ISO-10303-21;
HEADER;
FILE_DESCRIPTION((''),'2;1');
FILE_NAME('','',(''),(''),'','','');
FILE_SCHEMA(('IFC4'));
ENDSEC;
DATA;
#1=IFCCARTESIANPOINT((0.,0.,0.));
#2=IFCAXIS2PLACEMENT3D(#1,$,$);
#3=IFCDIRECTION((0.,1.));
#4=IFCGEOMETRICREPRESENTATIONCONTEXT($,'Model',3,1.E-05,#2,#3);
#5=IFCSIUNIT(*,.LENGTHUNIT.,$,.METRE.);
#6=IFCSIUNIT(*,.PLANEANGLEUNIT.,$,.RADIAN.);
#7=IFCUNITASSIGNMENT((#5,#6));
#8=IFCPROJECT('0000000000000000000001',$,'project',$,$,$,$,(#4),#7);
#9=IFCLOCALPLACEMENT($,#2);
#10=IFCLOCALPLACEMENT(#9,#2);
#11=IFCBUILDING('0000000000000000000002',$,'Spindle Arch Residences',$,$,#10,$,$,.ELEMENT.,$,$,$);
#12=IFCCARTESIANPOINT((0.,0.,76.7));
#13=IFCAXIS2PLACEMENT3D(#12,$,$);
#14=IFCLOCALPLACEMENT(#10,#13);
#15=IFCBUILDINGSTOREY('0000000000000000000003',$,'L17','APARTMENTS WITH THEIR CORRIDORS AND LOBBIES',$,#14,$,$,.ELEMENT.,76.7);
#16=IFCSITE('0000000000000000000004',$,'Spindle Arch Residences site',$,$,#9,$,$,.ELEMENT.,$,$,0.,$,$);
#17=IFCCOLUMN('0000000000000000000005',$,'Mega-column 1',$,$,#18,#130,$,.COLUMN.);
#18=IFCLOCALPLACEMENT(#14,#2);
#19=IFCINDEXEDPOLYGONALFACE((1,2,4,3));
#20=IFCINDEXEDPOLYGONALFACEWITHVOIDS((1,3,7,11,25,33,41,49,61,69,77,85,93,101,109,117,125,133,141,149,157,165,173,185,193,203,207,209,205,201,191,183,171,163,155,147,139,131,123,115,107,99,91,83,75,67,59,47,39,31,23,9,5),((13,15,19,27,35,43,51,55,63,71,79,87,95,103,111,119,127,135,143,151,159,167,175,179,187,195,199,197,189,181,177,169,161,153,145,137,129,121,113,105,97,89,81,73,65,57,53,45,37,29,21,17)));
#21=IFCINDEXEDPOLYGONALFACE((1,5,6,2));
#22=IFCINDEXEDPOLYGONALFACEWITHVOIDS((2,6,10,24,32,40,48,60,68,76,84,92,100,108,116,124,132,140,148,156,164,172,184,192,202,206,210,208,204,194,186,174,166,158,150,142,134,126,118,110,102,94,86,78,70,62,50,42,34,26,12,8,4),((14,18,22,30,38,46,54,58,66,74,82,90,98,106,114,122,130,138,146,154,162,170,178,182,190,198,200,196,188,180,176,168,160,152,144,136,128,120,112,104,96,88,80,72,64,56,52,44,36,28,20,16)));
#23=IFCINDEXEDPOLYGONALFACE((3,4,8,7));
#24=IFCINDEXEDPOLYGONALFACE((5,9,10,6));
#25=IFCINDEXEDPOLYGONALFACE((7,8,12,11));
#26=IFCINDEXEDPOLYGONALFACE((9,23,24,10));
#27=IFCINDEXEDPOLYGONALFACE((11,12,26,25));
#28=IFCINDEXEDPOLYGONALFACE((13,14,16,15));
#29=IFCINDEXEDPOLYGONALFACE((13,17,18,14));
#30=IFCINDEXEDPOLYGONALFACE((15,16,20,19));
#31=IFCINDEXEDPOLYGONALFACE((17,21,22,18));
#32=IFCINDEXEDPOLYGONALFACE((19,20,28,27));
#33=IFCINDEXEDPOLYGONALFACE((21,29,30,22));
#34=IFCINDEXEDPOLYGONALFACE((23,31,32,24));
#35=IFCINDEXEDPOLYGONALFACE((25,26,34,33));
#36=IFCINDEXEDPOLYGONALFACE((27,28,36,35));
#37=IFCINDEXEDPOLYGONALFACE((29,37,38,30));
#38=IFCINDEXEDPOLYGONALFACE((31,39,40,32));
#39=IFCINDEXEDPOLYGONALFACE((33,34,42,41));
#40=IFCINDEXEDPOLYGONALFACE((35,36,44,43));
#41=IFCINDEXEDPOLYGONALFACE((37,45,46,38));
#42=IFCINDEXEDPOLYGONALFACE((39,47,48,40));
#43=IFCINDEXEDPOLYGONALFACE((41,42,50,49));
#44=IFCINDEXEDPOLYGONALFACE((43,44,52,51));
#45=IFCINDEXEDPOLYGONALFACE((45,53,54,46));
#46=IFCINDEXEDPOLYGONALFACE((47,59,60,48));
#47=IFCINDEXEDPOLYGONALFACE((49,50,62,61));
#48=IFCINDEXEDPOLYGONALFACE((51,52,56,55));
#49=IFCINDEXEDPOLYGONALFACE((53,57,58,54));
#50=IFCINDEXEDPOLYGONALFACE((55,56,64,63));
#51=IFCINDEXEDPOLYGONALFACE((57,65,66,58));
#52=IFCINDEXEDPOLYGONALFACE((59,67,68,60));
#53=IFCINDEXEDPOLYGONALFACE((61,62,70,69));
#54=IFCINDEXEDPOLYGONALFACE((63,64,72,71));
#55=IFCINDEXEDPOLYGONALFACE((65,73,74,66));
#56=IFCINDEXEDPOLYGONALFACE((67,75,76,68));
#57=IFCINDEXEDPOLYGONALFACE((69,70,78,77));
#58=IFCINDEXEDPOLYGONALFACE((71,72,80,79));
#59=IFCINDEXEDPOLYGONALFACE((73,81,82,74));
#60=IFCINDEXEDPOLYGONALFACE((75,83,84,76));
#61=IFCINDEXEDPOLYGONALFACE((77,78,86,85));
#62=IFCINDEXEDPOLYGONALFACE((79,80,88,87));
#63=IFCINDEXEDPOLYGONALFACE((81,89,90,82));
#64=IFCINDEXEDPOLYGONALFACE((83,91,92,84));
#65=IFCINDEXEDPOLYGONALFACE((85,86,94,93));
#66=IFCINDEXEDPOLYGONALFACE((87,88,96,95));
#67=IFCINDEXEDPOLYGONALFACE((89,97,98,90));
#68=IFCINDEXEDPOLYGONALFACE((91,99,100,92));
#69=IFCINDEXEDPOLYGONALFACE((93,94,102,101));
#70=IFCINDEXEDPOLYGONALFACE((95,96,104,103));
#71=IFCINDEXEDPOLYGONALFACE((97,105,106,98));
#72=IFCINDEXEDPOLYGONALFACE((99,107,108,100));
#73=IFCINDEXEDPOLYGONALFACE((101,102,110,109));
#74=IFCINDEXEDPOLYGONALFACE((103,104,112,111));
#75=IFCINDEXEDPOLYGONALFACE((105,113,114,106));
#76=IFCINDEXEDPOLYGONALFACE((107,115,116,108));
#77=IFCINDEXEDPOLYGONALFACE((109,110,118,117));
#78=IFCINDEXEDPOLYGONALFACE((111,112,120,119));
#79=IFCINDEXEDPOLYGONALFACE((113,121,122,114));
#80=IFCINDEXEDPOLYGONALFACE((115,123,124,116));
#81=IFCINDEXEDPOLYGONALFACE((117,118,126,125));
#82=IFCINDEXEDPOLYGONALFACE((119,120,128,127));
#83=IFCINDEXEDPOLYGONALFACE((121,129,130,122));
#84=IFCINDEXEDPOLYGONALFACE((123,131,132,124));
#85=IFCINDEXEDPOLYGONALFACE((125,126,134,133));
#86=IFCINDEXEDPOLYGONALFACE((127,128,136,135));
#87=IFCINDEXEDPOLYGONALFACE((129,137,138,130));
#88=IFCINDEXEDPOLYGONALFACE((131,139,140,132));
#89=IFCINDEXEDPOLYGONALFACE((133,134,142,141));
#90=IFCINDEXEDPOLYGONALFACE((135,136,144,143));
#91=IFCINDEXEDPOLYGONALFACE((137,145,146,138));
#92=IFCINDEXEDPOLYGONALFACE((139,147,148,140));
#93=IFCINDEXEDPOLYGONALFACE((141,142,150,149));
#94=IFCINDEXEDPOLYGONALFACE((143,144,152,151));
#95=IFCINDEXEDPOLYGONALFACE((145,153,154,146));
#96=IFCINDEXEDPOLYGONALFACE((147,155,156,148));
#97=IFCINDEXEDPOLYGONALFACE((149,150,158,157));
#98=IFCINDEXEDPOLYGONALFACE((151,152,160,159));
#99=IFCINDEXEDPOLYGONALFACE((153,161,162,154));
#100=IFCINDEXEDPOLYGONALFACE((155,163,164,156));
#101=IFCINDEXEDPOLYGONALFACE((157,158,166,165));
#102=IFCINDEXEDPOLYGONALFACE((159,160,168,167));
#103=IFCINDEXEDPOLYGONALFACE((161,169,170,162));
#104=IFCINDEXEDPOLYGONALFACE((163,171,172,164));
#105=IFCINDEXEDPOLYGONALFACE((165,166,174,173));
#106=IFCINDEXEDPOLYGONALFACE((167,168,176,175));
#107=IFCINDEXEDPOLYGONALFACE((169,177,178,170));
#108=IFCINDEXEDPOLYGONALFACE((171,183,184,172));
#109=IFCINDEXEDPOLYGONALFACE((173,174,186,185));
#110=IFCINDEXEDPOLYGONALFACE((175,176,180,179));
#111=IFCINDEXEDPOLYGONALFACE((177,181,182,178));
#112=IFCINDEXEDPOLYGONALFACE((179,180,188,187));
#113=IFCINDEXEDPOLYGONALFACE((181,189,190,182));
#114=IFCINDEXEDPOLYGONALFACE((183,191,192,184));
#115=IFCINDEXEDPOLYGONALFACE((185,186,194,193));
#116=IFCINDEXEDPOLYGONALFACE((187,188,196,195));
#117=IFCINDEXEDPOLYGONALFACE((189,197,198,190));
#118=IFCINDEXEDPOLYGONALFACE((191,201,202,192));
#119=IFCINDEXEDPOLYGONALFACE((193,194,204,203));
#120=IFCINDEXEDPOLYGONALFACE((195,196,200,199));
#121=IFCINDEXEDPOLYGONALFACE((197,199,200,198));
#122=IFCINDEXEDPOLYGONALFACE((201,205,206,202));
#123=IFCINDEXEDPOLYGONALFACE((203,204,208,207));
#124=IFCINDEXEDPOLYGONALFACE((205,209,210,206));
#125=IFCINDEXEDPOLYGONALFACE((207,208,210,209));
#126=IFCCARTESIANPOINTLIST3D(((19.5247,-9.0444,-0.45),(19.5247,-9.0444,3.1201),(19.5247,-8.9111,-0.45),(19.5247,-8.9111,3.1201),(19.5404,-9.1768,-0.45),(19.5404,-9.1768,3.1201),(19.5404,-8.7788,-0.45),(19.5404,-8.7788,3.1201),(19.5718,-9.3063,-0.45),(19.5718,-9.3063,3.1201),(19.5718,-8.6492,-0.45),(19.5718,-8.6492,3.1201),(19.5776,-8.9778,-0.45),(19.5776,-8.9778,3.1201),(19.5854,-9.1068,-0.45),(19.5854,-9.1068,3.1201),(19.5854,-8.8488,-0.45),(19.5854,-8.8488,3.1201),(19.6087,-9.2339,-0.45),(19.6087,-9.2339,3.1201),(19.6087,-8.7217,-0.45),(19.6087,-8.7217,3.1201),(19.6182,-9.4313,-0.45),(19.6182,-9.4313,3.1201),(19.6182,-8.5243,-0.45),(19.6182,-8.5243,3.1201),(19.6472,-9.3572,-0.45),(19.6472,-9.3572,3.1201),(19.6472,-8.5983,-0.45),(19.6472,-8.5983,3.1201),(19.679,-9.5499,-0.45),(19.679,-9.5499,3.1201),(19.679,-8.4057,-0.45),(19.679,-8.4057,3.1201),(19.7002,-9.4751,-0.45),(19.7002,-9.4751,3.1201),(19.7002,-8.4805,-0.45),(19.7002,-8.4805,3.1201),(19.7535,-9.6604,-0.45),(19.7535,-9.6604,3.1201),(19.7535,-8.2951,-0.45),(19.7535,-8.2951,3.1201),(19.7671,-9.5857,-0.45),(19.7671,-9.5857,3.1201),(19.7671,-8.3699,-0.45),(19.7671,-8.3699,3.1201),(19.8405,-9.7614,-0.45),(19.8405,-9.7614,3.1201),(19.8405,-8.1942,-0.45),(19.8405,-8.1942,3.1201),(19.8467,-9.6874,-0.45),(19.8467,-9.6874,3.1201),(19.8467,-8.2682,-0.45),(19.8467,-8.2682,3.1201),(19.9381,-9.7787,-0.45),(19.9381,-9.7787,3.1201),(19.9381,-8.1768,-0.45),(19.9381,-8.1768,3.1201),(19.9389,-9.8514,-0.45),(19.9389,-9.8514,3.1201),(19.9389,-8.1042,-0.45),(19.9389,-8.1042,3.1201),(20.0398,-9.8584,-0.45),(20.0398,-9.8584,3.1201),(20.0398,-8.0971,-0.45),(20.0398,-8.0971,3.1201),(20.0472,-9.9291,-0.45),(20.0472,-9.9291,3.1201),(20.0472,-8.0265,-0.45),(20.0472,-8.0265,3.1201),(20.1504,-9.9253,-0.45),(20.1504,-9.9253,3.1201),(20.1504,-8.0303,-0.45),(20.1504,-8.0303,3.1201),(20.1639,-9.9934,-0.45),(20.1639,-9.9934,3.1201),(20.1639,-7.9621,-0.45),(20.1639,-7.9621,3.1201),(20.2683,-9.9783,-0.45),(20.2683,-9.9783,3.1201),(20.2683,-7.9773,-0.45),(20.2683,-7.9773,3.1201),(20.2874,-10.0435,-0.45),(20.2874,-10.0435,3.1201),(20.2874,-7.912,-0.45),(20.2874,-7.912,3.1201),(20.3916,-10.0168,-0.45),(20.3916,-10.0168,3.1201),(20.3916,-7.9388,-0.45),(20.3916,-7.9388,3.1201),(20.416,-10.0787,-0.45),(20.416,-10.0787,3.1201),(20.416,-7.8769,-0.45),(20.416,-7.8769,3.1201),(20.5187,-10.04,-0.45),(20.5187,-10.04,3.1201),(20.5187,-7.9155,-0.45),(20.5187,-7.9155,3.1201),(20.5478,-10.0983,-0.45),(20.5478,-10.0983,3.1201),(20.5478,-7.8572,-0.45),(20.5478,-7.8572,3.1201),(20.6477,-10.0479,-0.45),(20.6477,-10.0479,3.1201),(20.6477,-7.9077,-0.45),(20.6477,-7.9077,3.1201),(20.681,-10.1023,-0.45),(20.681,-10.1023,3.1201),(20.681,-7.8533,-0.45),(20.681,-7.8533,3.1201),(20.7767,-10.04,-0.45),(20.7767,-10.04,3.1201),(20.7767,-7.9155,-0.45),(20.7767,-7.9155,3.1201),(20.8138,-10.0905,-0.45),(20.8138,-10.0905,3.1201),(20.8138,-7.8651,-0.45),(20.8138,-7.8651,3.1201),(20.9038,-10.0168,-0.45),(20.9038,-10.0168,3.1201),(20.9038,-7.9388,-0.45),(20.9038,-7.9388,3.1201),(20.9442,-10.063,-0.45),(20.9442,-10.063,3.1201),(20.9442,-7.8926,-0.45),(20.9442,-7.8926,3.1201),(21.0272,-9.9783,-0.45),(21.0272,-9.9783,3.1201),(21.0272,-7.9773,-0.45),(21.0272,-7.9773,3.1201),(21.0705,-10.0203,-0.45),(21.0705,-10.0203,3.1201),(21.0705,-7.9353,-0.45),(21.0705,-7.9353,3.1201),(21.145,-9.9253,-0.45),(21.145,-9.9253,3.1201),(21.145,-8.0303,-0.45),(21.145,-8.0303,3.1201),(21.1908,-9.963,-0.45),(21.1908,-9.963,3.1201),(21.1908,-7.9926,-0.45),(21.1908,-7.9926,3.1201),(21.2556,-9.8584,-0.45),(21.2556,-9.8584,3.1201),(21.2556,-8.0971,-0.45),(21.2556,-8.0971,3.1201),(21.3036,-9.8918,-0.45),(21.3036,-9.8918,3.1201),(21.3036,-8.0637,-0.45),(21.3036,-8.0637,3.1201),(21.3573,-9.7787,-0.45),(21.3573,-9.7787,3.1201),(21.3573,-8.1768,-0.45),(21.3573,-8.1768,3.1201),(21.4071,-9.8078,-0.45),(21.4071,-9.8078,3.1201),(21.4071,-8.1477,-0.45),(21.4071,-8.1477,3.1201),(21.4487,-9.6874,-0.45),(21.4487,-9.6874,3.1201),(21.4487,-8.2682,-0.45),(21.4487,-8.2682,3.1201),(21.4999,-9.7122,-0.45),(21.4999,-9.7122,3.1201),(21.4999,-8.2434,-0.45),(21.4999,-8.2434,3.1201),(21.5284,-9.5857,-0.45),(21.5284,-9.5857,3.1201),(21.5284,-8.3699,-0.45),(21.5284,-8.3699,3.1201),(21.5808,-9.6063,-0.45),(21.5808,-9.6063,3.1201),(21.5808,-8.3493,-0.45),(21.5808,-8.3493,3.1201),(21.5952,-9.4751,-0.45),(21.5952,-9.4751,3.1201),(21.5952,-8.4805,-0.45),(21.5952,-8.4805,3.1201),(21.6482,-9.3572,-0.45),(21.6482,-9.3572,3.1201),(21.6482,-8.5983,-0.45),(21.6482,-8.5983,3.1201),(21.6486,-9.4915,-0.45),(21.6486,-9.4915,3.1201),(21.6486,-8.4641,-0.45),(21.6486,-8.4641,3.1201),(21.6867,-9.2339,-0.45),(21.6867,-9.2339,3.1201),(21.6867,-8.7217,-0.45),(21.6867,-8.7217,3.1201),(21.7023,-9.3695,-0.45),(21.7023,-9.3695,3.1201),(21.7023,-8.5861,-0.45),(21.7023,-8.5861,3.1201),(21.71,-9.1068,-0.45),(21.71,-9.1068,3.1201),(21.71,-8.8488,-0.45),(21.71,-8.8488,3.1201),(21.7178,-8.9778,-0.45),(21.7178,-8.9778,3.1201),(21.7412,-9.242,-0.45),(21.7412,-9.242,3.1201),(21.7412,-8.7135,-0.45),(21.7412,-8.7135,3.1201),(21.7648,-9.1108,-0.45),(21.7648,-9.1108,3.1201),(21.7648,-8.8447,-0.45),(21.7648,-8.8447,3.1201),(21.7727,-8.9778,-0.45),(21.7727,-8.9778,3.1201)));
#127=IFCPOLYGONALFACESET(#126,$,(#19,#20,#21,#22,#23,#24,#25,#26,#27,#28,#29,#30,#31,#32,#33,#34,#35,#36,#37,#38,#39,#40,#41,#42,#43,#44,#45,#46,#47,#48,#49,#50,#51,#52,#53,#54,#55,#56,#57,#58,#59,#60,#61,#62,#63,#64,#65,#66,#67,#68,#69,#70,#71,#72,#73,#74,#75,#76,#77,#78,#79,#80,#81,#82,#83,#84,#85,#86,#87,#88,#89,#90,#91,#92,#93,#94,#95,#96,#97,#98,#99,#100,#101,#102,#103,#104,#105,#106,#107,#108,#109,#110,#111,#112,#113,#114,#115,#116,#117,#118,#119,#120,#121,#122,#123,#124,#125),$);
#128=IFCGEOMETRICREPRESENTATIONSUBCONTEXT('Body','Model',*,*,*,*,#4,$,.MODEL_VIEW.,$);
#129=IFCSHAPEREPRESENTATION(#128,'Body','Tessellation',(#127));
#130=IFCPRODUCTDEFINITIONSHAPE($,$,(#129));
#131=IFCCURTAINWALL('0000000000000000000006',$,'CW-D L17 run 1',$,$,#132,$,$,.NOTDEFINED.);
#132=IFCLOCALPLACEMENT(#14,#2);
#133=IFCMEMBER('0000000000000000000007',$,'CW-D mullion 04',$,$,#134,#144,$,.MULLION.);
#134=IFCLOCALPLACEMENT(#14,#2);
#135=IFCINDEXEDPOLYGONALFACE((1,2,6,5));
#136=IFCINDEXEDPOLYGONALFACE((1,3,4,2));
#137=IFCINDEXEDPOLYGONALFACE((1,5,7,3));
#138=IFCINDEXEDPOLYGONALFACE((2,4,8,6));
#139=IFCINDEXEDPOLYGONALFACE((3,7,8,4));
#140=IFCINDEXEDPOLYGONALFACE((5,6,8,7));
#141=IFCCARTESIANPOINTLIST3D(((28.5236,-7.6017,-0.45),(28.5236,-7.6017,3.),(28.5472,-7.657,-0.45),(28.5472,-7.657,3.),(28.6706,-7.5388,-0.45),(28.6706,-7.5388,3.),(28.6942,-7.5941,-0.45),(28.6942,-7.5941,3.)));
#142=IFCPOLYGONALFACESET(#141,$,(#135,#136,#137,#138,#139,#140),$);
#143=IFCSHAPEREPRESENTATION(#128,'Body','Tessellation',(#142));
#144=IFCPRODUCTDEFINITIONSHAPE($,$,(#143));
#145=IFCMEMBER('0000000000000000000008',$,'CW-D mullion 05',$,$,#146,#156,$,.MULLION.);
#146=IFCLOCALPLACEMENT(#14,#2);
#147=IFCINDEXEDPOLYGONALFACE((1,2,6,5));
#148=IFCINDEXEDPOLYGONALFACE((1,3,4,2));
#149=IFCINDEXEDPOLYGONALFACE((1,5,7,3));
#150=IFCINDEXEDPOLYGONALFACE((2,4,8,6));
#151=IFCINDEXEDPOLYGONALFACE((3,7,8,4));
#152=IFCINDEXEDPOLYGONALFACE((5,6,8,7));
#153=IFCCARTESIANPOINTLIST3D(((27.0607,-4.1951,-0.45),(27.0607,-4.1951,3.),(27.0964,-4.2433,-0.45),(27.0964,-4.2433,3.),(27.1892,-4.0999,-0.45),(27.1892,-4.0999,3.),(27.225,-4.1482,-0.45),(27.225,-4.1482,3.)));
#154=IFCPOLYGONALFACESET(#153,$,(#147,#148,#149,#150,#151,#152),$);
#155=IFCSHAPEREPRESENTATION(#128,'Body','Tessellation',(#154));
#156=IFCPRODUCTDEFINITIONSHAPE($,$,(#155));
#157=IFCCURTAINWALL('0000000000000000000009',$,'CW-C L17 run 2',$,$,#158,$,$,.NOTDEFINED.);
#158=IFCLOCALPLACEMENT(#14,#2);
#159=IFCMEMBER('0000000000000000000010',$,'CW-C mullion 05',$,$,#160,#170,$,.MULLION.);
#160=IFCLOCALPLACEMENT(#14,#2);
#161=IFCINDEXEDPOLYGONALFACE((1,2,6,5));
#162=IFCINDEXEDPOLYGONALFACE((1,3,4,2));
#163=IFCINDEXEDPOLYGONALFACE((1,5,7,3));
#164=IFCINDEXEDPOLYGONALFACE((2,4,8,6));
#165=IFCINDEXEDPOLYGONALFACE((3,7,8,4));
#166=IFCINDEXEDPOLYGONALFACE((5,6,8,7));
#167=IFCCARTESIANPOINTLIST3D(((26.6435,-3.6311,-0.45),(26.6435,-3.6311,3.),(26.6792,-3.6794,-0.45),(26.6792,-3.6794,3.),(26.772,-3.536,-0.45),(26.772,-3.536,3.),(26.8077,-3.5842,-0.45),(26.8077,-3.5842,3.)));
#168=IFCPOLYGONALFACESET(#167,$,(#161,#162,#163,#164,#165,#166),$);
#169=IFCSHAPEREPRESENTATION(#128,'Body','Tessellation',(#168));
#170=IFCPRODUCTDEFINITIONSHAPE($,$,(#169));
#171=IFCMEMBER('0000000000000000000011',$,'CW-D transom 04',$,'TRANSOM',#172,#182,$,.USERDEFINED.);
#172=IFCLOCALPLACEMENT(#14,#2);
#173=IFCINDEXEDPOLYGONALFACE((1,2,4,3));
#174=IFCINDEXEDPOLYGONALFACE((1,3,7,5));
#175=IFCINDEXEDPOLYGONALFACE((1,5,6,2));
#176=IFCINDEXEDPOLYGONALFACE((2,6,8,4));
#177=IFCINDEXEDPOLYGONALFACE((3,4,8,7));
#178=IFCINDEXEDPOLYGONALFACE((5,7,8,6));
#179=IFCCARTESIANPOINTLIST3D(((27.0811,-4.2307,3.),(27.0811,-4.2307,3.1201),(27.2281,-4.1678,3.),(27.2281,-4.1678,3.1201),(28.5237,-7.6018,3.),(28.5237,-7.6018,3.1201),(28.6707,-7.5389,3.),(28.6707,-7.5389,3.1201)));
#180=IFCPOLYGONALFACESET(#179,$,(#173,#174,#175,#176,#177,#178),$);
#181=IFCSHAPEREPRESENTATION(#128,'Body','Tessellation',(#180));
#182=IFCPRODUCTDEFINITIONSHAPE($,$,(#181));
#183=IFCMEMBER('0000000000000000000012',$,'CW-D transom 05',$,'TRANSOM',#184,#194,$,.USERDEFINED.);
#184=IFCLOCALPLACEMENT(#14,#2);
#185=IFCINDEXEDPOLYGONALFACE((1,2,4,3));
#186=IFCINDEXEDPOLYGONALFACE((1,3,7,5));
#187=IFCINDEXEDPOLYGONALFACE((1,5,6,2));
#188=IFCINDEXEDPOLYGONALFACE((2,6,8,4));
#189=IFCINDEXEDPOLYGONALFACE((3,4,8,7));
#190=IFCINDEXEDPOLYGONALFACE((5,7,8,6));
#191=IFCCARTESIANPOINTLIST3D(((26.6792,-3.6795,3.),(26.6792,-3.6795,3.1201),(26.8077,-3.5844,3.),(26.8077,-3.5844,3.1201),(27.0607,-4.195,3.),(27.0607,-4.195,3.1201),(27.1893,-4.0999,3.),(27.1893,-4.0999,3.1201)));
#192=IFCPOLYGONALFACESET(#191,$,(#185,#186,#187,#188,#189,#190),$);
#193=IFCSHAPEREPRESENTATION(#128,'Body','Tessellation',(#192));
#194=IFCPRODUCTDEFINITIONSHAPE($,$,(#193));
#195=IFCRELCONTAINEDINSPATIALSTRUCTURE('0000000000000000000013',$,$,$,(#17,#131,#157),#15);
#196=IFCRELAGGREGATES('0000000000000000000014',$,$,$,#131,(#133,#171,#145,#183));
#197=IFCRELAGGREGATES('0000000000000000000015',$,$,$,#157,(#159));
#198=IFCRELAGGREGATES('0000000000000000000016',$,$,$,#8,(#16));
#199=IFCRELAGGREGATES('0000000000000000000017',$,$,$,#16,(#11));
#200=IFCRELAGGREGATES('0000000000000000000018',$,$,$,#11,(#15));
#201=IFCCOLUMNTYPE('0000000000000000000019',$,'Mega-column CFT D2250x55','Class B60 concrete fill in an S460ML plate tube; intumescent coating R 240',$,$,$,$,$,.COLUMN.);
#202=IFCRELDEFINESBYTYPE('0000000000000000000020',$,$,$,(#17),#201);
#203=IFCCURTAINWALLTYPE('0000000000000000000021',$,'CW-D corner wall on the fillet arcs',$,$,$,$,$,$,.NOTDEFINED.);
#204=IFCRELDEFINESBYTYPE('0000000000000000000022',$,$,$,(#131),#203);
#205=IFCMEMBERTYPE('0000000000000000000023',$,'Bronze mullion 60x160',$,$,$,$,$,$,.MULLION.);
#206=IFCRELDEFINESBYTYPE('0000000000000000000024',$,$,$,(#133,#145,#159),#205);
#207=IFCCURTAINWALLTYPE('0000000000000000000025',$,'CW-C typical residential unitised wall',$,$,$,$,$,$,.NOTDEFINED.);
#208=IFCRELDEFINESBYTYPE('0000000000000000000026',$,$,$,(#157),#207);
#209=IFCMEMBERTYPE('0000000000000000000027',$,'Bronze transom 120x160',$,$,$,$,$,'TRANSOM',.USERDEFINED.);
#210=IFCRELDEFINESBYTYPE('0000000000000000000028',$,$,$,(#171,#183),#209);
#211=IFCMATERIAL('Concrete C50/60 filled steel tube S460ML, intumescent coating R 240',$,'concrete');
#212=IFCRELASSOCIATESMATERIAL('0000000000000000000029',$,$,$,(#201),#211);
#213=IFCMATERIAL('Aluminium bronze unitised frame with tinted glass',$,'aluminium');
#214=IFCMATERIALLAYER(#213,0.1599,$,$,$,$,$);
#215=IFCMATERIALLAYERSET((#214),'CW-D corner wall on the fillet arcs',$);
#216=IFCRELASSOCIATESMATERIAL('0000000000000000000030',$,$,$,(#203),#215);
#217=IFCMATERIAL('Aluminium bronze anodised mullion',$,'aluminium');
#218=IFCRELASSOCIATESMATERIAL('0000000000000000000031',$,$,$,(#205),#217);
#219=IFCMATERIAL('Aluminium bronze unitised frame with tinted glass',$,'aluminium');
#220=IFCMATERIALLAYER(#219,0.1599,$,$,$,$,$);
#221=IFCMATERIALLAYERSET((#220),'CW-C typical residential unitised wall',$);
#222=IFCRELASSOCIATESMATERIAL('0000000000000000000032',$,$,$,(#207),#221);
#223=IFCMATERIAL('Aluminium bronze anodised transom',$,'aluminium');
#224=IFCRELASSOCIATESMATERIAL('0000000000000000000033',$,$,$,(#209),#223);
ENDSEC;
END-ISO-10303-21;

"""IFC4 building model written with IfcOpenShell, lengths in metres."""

from ifc_helpers import new_model, si_unit, direction, frame, origin, origin_2d, place, context, subcontext, project, spatial, rectangle, hollow_circle, extrude, material, layer, layer_set, material_profile, profile_set, type_object, element, aggregate, save


model = new_model("IFC4")

# Units and contexts
model_context = context("Model", 3, precision=1e-05, world=origin(), true_north=direction((0.0, 1.0)))
body_context = subcontext(model_context, "Body", "Model", "MODEL_VIEW")
ifc_project = project(units=[si_unit("LENGTHUNIT", "METRE"), si_unit("PLANEANGLEUNIT", "RADIAN")], contexts=[model_context])

# Site, building, storey
site_placement = place(None, origin())
site = spatial("IfcSite", under=ifc_project, at=site_placement, Name="Spindle Arch Residences site", CompositionType="ELEMENT", RefElevation=0.0)
building_placement = place(site_placement, origin())
building = spatial("IfcBuilding", under=site, at=building_placement, Name="Spindle Arch Residences", CompositionType="ELEMENT")
storey_placement = place(building_placement, frame((0.0, 0.0, 76.7)))
storey = spatial("IfcBuildingStorey", under=building, at=storey_placement, Name="L17", Description="APARTMENTS WITH THEIR CORRIDORS AND LOBBIES", CompositionType="ELEMENT", Elevation=76.7)

# Column
ifc_material_1 = material(Name="Concrete C50/60 filled steel tube S460ML, intumescent coating R 240", Category="concrete")
ifc_material_profile_1 = material_profile(ifc_material_1, hollow_circle(Radius=1.125, WallThickness=0.0549, at=origin_2d()), Name="CFT D2250x55")
ifc_profile_set_1 = profile_set([ifc_material_profile_1], Name="Concrete C50/60 filled steel tube S460ML, intumescent coating R 240")
column_type_1 = type_object("IfcColumnType", Name="Mega-column CFT D2250x55", Description="Class B60 concrete fill in an S460ML plate tube; intumescent coating R 240", PredefinedType="COLUMN", material=ifc_profile_set_1)
column_placement = place(storey_placement, frame((20.6477, -8.9778, -0.45), z_axis=(0.0, 0.0, 1.0), x_axis=(1.0, 0.0, 0.0)))
element("IfcColumn", 1, at=column_placement, inside=storey, type_object=column_type_1, Name="Mega-column 1", PredefinedType="COLUMN", context=body_context, shape_type="SweptSolid", body=[
    extrude(hollow_circle(Radius=1.125, WallThickness=0.0549, at=origin_2d()), origin(), (0.0, 0.0, 1.0), 3.5701),
])

# Curtain wall, members
ifc_material_2 = material(Name="Aluminium bronze unitised frame with tinted glass", Category="aluminium")
ifc_layer_1 = layer(ifc_material_2, 0.1599)
ifc_layer_set_1 = layer_set([ifc_layer_1], Name="CW-D corner wall on the fillet arcs")
curtain_wall_type_1 = type_object("IfcCurtainWallType", Name="CW-D corner wall on the fillet arcs", PredefinedType="NOTDEFINED", material=ifc_layer_set_1)
curtain_wall_1_placement = place(storey_placement, origin())
curtain_wall_1 = element("IfcCurtainWall", 2, at=curtain_wall_1_placement, inside=storey, type_object=curtain_wall_type_1, Name="CW-D L17 run 1", PredefinedType="NOTDEFINED")
ifc_material_3 = material(Name="Aluminium bronze anodised mullion", Category="aluminium")
ifc_material_profile_2 = material_profile(ifc_material_3, rectangle(XDim=0.1599, YDim=0.0601, at=origin_2d()), Name="MU 60x160")
ifc_profile_set_2 = profile_set([ifc_material_profile_2], Name="Aluminium bronze anodised mullion")
member_type_1 = type_object("IfcMemberType", Name="Bronze mullion 60x160", PredefinedType="MULLION", material=ifc_profile_set_2)
member_1_placement = place(storey_placement, frame((28.6089, -7.5979, -0.45), z_axis=(0.0, 0.0, 1.0), x_axis=(-0.919364, -0.393407, 0.0)))
member_1 = element("IfcMember", 3, at=member_1_placement, type_object=member_type_1, Name="CW-D mullion 04", PredefinedType="MULLION", context=body_context, shape_type="SweptSolid", body=[
    extrude(rectangle(XDim=0.1599, YDim=0.0601, at=origin_2d()), origin(), (0.0, 0.0, 1.0), 3.45),
])
member_2_placement = place(storey_placement, frame((27.1428, -4.1716, -0.45), z_axis=(0.0, 0.0, 1.0), x_axis=(-0.803857, -0.594823, 0.0)))
member_2 = element("IfcMember", 4, at=member_2_placement, type_object=member_type_1, Name="CW-D mullion 05", PredefinedType="MULLION", context=body_context, shape_type="SweptSolid", body=[
    extrude(rectangle(XDim=0.1599, YDim=0.0601, at=origin_2d()), origin(), (0.0, 0.0, 1.0), 3.45),
])

# Curtain wall, member
ifc_material_4 = material(Name="Aluminium bronze unitised frame with tinted glass", Category="aluminium")
ifc_layer_2 = layer(ifc_material_4, 0.1599)
ifc_layer_set_2 = layer_set([ifc_layer_2], Name="CW-C typical residential unitised wall")
curtain_wall_type_2 = type_object("IfcCurtainWallType", Name="CW-C typical residential unitised wall", PredefinedType="NOTDEFINED", material=ifc_layer_set_2)
curtain_wall_2_placement = place(storey_placement, origin())
curtain_wall_2 = element("IfcCurtainWall", 5, at=curtain_wall_2_placement, inside=storey, type_object=curtain_wall_type_2, Name="CW-C L17 run 2", PredefinedType="NOTDEFINED")
member_3_placement = place(storey_placement, frame((26.7256, -3.6077, -0.45), z_axis=(0.0, 0.0, 1.0), x_axis=(-0.803857, -0.594823, 0.0)))
member_3 = element("IfcMember", 6, at=member_3_placement, type_object=member_type_1, Name="CW-C mullion 05", PredefinedType="MULLION", context=body_context, shape_type="SweptSolid", body=[
    extrude(rectangle(XDim=0.1599, YDim=0.0601, at=origin_2d()), origin(), (0.0, 0.0, 1.0), 3.45),
])

# Members
ifc_material_5 = material(Name="Aluminium bronze anodised transom", Category="aluminium")
ifc_material_profile_3 = material_profile(ifc_material_5, rectangle(XDim=0.1599, YDim=0.1201, at=origin_2d()), Name="TR 120x160")
ifc_profile_set_3 = profile_set([ifc_material_profile_3], Name="Aluminium bronze anodised transom")
member_type_2 = type_object("IfcMemberType", Name="Bronze transom 120x160", ElementType="TRANSOM", PredefinedType="USERDEFINED", material=ifc_profile_set_3)
member_4_placement = place(storey_placement, frame((28.5972, -7.5703, 3.0601), z_axis=(-0.393429, 0.919355, 0.0), x_axis=(-0.919355, -0.393429, 0.0)))
member_4 = element("IfcMember", 7, at=member_4_placement, type_object=member_type_2, Name="CW-D transom 04", ObjectType="TRANSOM", PredefinedType="USERDEFINED", context=body_context, shape_type="SweptSolid", body=[
    extrude(rectangle(XDim=0.1599, YDim=0.1201, at=origin_2d()), origin(), (0.0, 0.0, 1.0), 3.6667),
])
member_5_placement = place(storey_placement, frame((27.125, -4.1475, 3.0601), z_axis=(-0.594873, 0.80382, 0.0), x_axis=(-0.80382, -0.594873, 0.0)))
member_5 = element("IfcMember", 8, at=member_5_placement, type_object=member_type_2, Name="CW-D transom 05", ObjectType="TRANSOM", PredefinedType="USERDEFINED", context=body_context, shape_type="SweptSolid", body=[
    extrude(rectangle(XDim=0.1599, YDim=0.1201, at=origin_2d()), origin(), (0.0, 0.0, 1.0), 0.6414),
])

aggregate(curtain_wall_1, [member_1, member_4, member_2, member_5])
aggregate(curtain_wall_2, [member_3])

save(model, "model.ifc")
